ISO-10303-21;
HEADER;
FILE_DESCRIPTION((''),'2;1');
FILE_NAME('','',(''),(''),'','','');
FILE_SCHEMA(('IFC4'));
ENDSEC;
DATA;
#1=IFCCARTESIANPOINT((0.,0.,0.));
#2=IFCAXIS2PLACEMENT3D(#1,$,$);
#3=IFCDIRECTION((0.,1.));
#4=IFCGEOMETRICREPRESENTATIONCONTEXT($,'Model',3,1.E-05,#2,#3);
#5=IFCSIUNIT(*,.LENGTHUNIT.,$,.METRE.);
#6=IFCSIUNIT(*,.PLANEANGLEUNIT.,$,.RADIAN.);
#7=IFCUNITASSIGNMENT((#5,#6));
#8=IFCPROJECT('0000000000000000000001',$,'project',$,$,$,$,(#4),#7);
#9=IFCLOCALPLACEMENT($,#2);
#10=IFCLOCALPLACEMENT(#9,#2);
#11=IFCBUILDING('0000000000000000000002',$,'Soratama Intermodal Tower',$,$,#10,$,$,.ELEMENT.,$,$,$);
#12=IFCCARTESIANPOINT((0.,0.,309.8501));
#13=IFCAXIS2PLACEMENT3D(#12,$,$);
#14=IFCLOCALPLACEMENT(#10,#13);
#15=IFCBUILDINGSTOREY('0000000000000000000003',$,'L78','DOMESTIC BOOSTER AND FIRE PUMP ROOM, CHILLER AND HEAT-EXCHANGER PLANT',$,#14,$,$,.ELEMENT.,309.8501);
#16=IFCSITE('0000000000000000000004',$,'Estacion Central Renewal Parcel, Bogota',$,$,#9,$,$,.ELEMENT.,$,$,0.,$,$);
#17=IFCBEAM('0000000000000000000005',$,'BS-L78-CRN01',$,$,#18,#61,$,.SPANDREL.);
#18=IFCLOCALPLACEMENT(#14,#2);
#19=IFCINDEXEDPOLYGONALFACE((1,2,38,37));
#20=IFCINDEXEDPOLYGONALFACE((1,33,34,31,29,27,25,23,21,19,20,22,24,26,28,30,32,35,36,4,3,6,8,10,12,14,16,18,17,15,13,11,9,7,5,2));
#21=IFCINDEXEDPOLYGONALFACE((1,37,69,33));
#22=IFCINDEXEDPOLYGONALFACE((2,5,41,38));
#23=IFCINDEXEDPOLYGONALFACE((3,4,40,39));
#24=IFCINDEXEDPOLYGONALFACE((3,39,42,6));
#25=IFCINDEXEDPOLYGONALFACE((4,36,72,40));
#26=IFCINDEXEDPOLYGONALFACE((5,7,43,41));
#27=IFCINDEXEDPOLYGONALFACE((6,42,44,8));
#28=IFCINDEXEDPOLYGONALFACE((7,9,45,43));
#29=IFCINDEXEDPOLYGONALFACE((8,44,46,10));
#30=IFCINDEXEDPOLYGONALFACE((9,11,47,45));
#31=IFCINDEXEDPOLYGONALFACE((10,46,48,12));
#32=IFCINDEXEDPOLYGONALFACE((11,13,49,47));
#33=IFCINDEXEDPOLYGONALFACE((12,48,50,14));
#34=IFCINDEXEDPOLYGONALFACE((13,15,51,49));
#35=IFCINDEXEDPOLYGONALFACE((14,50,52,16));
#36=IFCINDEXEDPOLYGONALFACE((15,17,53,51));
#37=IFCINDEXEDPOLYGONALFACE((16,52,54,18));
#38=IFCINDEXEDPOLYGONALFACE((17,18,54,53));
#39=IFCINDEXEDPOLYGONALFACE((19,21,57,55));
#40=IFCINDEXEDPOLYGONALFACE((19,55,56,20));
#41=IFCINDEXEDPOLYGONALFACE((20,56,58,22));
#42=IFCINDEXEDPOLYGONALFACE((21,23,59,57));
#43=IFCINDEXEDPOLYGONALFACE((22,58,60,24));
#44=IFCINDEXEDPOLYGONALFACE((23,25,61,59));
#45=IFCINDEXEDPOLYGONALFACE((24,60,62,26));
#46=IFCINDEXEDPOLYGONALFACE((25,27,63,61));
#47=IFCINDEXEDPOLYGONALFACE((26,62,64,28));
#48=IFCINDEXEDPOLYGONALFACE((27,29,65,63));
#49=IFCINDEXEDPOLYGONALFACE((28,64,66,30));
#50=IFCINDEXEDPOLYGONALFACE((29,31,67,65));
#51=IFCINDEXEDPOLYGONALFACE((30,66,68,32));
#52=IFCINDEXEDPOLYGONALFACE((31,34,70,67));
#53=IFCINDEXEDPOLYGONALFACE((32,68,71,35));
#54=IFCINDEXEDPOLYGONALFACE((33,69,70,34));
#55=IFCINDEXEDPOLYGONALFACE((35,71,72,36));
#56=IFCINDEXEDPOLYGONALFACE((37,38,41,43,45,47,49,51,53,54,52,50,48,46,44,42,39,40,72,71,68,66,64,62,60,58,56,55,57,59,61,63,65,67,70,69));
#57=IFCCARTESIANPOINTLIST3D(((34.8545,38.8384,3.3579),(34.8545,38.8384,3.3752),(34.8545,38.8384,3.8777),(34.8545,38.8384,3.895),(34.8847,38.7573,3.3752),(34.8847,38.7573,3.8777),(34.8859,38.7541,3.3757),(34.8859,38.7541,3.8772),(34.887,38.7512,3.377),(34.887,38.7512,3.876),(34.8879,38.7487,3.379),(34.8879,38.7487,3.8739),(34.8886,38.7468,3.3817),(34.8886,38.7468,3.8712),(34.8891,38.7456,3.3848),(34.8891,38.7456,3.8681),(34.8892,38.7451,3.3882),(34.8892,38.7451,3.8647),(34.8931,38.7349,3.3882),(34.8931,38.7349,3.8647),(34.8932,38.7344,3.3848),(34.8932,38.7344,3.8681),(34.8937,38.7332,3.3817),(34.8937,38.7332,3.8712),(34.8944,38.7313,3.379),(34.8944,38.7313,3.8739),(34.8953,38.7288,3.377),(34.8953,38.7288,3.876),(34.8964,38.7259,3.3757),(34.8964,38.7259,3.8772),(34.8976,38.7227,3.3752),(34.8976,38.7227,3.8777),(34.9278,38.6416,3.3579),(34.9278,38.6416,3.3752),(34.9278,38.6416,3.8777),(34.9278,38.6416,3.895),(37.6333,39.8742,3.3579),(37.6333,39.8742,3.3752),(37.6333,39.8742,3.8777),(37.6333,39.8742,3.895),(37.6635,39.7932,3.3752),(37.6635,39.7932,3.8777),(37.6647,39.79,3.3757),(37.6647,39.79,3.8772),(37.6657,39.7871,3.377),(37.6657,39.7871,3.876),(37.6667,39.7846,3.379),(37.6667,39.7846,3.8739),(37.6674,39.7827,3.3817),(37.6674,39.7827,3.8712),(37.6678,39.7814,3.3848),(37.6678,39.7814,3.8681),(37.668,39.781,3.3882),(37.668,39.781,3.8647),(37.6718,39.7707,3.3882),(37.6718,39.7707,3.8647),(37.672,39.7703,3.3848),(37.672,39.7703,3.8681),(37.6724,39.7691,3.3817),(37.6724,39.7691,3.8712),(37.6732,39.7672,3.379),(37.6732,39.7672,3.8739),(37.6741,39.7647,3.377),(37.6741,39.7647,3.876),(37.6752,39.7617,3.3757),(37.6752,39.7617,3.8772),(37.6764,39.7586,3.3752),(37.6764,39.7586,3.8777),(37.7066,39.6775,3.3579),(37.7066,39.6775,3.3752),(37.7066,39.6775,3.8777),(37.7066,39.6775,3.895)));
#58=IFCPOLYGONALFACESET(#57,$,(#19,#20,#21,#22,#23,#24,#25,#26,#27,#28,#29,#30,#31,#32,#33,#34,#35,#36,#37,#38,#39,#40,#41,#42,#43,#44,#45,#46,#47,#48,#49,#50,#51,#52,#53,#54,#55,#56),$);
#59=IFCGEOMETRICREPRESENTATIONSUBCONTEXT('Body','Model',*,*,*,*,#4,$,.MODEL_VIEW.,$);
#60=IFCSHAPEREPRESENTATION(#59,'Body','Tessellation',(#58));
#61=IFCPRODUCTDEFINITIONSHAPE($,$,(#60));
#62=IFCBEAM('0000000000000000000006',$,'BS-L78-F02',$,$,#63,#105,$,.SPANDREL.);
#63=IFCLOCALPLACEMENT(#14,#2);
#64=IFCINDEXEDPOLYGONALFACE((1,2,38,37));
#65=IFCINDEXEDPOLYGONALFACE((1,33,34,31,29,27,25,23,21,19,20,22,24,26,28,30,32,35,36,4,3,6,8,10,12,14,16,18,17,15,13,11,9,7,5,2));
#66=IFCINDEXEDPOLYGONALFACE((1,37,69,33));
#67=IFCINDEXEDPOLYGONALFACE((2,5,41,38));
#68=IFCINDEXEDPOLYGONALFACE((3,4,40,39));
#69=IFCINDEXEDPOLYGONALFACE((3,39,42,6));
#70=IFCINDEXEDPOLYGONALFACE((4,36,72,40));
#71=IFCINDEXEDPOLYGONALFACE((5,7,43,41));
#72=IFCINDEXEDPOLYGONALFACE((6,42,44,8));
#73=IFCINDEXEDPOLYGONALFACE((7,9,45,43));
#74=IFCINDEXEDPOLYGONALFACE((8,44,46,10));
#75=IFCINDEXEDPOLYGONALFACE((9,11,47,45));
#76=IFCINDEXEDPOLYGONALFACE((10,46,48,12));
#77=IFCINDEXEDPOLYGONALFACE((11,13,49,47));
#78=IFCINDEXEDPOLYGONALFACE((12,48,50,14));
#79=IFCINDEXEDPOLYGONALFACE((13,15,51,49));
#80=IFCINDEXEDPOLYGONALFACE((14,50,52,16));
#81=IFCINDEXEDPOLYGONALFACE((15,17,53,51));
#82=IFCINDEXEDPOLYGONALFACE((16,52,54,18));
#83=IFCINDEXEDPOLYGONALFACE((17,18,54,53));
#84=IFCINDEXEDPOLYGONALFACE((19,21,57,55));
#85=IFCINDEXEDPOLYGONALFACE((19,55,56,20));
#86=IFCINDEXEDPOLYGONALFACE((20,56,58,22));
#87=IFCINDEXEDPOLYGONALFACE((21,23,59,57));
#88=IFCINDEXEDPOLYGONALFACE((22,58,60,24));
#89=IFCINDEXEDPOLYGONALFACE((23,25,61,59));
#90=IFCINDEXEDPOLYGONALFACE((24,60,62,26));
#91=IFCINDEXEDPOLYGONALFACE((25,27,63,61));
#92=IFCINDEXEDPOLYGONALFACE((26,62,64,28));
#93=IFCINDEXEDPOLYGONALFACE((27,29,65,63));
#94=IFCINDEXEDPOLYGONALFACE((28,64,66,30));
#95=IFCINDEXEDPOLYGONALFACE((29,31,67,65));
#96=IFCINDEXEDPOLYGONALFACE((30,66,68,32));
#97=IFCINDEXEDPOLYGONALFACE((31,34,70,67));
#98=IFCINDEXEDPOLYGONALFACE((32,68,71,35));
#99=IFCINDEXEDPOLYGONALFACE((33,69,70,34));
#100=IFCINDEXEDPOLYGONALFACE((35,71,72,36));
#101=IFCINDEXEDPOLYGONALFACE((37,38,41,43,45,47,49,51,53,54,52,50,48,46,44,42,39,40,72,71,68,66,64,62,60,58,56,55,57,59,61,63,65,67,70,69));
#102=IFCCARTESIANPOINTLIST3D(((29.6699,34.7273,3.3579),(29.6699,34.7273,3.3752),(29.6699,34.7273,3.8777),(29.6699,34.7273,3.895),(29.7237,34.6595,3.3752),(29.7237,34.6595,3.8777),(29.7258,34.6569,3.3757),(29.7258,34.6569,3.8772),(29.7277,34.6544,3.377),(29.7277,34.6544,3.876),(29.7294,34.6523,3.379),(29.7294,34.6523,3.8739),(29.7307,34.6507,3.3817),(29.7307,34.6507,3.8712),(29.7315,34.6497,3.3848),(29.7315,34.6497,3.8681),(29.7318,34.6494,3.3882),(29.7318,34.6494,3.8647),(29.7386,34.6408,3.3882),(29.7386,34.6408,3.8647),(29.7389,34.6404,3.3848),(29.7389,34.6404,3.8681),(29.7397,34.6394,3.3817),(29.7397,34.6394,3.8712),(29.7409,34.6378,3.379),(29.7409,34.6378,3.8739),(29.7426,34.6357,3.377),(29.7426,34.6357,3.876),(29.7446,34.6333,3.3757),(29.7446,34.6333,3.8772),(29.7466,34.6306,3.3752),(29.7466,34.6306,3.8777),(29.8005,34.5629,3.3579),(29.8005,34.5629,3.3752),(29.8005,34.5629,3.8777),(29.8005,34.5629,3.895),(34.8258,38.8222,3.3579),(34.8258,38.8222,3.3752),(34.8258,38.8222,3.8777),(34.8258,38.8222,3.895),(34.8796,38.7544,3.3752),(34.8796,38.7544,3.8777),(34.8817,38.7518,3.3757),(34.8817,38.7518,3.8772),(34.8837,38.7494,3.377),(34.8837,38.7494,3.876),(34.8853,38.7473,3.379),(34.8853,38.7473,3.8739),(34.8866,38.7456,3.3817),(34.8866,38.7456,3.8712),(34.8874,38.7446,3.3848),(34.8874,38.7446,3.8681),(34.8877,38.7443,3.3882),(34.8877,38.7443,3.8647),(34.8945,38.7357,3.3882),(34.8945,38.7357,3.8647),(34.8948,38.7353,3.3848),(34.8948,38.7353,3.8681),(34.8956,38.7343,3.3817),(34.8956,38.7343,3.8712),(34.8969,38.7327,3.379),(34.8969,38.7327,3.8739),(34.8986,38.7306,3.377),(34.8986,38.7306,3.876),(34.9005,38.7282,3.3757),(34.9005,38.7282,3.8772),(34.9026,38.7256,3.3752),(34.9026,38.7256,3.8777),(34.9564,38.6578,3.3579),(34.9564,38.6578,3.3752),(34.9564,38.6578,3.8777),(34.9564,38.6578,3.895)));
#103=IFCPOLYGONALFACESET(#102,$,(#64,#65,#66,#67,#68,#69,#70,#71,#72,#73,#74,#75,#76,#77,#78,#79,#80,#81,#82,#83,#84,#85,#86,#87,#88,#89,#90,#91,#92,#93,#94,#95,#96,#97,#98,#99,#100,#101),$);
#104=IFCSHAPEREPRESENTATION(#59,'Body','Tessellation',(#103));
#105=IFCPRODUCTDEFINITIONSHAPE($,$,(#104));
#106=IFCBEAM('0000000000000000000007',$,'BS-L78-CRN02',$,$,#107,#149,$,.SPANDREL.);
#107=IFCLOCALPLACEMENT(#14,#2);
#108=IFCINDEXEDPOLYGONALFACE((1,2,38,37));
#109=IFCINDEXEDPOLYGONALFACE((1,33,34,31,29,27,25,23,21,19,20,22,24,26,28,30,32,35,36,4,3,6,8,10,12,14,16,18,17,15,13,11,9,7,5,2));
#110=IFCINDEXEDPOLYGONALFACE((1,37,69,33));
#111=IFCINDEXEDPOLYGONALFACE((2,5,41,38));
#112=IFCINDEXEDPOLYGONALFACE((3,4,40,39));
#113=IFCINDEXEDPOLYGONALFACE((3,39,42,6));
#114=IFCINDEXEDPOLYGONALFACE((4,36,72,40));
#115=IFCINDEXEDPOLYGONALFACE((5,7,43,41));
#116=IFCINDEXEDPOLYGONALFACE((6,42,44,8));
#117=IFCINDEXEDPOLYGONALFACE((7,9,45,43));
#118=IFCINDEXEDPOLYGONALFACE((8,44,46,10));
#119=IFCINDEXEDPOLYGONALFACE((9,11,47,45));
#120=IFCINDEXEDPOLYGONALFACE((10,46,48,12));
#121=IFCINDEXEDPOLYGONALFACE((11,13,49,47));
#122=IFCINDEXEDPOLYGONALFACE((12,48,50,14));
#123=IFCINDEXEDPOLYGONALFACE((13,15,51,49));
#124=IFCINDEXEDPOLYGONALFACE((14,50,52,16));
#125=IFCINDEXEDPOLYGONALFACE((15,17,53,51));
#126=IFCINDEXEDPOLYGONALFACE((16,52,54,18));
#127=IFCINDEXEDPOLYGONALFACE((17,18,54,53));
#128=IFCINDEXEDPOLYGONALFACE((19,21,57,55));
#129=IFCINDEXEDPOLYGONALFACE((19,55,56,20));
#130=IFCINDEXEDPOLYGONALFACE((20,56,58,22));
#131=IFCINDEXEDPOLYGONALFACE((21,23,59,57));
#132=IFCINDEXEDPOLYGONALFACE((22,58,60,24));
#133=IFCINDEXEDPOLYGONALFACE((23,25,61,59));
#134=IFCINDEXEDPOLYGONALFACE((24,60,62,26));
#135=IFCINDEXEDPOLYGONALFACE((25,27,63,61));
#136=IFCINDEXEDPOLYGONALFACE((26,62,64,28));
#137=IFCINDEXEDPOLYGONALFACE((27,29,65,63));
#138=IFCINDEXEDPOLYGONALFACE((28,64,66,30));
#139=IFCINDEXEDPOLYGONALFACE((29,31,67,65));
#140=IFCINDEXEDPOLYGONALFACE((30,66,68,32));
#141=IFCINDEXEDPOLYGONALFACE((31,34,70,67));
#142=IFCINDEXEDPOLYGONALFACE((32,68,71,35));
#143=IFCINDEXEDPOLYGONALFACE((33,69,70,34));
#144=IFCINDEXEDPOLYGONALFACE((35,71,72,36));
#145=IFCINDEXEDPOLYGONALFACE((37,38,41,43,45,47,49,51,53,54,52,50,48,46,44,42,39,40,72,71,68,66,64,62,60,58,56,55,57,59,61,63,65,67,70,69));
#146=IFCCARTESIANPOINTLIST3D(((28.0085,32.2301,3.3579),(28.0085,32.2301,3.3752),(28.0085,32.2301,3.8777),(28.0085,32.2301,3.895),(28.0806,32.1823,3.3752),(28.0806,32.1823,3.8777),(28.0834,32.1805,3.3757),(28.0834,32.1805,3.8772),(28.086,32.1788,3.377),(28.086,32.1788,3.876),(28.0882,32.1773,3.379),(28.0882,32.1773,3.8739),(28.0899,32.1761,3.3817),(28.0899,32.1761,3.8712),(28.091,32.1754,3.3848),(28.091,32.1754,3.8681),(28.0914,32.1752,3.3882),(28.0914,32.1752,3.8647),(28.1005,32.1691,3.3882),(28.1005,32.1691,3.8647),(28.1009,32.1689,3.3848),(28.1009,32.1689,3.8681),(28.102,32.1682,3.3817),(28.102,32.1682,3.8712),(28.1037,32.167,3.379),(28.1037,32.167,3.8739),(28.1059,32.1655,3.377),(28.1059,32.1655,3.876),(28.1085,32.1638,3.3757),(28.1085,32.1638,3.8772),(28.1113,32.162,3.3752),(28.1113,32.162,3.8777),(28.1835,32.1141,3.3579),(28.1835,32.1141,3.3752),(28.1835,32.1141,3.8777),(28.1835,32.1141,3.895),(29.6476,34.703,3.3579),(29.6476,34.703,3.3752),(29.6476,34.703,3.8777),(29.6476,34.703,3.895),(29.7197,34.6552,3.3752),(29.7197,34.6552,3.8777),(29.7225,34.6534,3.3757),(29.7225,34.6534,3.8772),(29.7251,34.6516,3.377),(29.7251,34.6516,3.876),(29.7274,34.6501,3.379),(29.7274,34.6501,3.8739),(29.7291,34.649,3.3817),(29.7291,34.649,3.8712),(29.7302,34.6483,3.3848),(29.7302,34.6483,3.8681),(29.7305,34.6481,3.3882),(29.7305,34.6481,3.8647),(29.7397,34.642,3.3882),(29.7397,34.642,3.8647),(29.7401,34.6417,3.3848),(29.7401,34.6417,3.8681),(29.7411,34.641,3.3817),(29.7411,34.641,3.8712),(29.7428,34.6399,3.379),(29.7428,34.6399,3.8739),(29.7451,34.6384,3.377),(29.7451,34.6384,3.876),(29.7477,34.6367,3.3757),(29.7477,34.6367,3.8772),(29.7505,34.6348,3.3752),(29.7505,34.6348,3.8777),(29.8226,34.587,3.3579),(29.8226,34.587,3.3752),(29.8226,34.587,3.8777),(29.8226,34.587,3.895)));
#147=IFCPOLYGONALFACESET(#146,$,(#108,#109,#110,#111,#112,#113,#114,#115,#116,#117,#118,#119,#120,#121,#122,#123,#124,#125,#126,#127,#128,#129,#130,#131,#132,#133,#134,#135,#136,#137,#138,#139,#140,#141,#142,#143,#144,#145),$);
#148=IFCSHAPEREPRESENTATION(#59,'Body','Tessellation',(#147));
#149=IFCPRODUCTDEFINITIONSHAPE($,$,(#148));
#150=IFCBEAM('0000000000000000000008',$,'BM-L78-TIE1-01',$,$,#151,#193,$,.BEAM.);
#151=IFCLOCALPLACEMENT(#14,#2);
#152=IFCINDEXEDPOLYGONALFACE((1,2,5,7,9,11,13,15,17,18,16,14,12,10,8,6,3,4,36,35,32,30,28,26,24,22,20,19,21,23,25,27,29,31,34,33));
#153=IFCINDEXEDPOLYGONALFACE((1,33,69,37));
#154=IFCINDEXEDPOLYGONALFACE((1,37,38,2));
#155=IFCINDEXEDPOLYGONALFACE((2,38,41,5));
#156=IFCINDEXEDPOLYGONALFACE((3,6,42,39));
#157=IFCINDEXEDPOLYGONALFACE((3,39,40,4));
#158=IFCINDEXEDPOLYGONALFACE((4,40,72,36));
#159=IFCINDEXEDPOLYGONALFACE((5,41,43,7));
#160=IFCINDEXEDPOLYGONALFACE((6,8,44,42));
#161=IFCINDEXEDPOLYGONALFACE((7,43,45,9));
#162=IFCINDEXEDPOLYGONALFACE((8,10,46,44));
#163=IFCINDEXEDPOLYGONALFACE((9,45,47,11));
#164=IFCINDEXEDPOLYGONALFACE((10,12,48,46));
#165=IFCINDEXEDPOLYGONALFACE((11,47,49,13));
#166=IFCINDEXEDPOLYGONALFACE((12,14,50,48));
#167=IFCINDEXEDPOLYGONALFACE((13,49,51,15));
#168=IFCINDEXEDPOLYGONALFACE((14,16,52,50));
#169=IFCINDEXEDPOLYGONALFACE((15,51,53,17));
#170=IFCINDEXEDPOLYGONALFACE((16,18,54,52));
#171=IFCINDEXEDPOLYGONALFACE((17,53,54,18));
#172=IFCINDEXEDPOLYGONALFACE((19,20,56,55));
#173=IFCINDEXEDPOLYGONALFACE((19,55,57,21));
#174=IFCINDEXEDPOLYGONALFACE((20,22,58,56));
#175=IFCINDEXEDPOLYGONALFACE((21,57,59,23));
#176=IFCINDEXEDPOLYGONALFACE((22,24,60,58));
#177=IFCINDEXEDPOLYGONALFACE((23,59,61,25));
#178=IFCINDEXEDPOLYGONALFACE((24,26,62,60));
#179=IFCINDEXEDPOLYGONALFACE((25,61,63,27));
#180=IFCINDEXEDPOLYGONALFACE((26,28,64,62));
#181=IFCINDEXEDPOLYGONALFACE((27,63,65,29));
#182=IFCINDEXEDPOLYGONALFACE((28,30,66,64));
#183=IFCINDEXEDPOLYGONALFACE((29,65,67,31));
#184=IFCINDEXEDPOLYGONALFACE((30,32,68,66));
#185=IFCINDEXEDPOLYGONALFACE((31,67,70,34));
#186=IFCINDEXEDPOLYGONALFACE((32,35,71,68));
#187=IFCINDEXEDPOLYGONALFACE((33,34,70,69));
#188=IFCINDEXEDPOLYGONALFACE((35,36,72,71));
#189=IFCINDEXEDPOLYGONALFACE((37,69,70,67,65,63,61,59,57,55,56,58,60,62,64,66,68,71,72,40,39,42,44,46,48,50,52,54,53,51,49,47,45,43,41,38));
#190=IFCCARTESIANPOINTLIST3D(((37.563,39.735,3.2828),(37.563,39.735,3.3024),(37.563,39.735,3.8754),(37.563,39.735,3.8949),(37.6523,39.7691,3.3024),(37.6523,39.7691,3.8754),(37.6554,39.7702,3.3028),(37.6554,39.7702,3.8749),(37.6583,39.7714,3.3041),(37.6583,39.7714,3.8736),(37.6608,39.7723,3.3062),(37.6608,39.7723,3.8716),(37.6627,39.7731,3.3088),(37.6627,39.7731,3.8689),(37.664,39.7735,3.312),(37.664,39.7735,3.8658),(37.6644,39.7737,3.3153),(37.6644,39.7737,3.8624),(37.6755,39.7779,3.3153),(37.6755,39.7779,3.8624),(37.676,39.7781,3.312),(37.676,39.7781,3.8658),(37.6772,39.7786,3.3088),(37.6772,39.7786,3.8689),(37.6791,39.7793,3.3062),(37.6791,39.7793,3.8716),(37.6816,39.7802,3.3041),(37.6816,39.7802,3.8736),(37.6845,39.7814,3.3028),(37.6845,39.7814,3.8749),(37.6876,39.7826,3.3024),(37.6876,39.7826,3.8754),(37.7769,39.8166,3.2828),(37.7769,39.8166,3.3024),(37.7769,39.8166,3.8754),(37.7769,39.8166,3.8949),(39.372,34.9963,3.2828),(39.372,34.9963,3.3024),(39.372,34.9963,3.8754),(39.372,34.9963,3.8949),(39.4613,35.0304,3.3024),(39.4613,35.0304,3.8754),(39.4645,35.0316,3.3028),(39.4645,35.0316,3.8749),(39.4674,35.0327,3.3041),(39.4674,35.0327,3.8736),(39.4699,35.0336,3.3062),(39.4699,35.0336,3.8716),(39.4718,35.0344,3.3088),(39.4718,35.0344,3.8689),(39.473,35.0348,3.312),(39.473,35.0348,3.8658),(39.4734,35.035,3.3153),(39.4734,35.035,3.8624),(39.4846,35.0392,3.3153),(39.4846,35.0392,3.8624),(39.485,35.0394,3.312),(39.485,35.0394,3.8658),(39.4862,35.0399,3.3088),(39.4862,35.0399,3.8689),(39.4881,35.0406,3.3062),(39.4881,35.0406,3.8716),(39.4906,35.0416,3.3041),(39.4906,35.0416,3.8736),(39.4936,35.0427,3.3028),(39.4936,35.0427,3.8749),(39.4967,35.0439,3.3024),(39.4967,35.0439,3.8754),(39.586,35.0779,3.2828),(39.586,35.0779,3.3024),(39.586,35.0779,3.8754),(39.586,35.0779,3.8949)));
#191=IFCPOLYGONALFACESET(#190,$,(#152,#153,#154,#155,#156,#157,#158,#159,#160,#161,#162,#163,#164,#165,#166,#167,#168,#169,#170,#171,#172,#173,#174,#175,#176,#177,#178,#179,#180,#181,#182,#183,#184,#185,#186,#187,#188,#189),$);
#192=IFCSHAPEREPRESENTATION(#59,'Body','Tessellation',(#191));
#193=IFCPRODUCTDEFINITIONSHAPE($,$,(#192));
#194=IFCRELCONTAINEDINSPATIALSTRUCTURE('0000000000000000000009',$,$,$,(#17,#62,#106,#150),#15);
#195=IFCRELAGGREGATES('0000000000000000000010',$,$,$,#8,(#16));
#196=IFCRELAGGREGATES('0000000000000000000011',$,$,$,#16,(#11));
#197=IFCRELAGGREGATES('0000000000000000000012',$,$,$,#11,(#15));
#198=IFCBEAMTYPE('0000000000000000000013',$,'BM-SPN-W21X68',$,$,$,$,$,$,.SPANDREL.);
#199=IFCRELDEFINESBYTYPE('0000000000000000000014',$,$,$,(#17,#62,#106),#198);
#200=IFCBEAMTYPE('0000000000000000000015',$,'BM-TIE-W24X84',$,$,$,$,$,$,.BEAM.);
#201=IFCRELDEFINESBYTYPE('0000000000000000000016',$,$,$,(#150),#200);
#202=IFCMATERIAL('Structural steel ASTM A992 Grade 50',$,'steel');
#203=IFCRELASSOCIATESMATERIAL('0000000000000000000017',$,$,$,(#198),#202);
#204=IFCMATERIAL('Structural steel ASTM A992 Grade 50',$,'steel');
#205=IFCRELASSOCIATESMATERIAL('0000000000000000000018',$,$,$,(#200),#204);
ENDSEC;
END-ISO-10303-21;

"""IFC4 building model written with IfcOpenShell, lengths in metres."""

from ifc_helpers import new_model, si_unit, direction, frame, origin, origin_2d, place, context, subcontext, project, spatial, i_section, extrude, material, material_profile, profile_set, type_object, element, save


model = new_model("IFC4")

# Units and contexts
model_context = context("Model", 3, precision=1e-05, world=origin(), true_north=direction((0.0, 1.0)))
body_context = subcontext(model_context, "Body", "Model", "MODEL_VIEW")
ifc_project = project(units=[si_unit("LENGTHUNIT", "METRE"), si_unit("PLANEANGLEUNIT", "RADIAN")], contexts=[model_context])

# Site, building, storey
site_placement = place(None, origin())
site = spatial("IfcSite", under=ifc_project, at=site_placement, Name="Estacion Central Renewal Parcel, Bogota", CompositionType="ELEMENT", RefElevation=0.0)
building_placement = place(site_placement, origin())
building = spatial("IfcBuilding", under=site, at=building_placement, Name="Soratama Intermodal Tower", CompositionType="ELEMENT")
storey_placement = place(building_placement, frame((0.0, 0.0, 309.8501)))
storey = spatial("IfcBuildingStorey", under=building, at=storey_placement, Name="L78", Description="DOMESTIC BOOSTER AND FIRE PUMP ROOM, CHILLER AND HEAT-EXCHANGER PLANT", CompositionType="ELEMENT", Elevation=309.8501)

# Beams
ifc_material_1 = material(Name="Structural steel ASTM A992 Grade 50", Category="steel")
ifc_material_profile_1 = material_profile(ifc_material_1, i_section(OverallWidth=0.21, OverallDepth=0.5371, WebThickness=0.011, FlangeThickness=0.0173, FilletRadius=0.0129, at=origin_2d()), Name="W21X68")
ifc_profile_set_1 = profile_set([ifc_material_profile_1], Name="Structural steel ASTM A992 Grade 50")
beam_type_1 = type_object("IfcBeamType", Name="BM-SPN-W21X68", PredefinedType="SPANDREL", material=ifc_profile_set_1)
beam_1_placement = place(storey_placement, frame((37.6699, 39.7759, 3.6265), z_axis=(-0.937011, -0.3493, 0.0), x_axis=(0.3493, -0.937011, 0.0)))
element("IfcBeam", 1, at=beam_1_placement, inside=storey, type_object=beam_type_1, Name="BS-L78-CRN01", PredefinedType="SPANDREL", context=body_context, shape_type="SweptSolid", body=[
    extrude(i_section(OverallWidth=0.21, OverallDepth=0.5371, WebThickness=0.011, FlangeThickness=0.0173, FilletRadius=0.0129, at=origin_2d()), origin(), (0.0, 0.0, 1.0), 2.9656),
])
beam_2_placement = place(storey_placement, frame((34.8911, 38.74, 3.6265), z_axis=(-0.783074, -0.621928, 0.0), x_axis=(0.621928, -0.783074, 0.0)))
element("IfcBeam", 2, at=beam_2_placement, inside=storey, type_object=beam_type_1, Name="BS-L78-F02", PredefinedType="SPANDREL", context=body_context, shape_type="SweptSolid", body=[
    extrude(i_section(OverallWidth=0.21, OverallDepth=0.5371, WebThickness=0.011, FlangeThickness=0.0173, FilletRadius=0.0129, at=origin_2d()), origin(), (0.0, 0.0, 1.0), 6.5842),
])
beam_3_placement = place(storey_placement, frame((29.7351, 34.645, 3.6265), z_axis=(-0.552495, -0.833516, 0.0), x_axis=(0.833516, -0.552495, 0.0)))
element("IfcBeam", 3, at=beam_3_placement, inside=storey, type_object=beam_type_1, Name="BS-L78-CRN02", PredefinedType="SPANDREL", context=body_context, shape_type="SweptSolid", body=[
    extrude(i_section(OverallWidth=0.21, OverallDepth=0.5371, WebThickness=0.011, FlangeThickness=0.0173, FilletRadius=0.0129, at=origin_2d()), origin(), (0.0, 0.0, 1.0), 2.9668),
])
ifc_material_2 = material(Name="Structural steel ASTM A992 Grade 50", Category="steel")
ifc_material_profile_2 = material_profile(ifc_material_2, i_section(OverallWidth=0.229, OverallDepth=0.6121, WebThickness=0.012, FlangeThickness=0.0195, FilletRadius=0.0129, at=origin_2d()), Name="W24X84")
ifc_profile_set_2 = profile_set([ifc_material_profile_2], Name="Structural steel ASTM A992 Grade 50")
beam_type_2 = type_object("IfcBeamType", Name="BM-TIE-W24X84", PredefinedType="BEAM", material=ifc_profile_set_2)
beam_4_placement = place(storey_placement, frame((39.479, 35.0371, 3.5889), z_axis=(-0.356656, 0.934236, 0.0), x_axis=(-0.934236, -0.356656, 0.0)))
element("IfcBeam", 4, at=beam_4_placement, inside=storey, type_object=beam_type_2, Name="BM-L78-TIE1-01", PredefinedType="BEAM", context=body_context, shape_type="SweptSolid", body=[
    extrude(i_section(OverallWidth=0.229, OverallDepth=0.6121, WebThickness=0.012, FlangeThickness=0.0195, FilletRadius=0.0129, at=origin_2d()), origin(), (0.0, 0.0, 1.0), 5.0723),
])

save(model, "model.ifc")
